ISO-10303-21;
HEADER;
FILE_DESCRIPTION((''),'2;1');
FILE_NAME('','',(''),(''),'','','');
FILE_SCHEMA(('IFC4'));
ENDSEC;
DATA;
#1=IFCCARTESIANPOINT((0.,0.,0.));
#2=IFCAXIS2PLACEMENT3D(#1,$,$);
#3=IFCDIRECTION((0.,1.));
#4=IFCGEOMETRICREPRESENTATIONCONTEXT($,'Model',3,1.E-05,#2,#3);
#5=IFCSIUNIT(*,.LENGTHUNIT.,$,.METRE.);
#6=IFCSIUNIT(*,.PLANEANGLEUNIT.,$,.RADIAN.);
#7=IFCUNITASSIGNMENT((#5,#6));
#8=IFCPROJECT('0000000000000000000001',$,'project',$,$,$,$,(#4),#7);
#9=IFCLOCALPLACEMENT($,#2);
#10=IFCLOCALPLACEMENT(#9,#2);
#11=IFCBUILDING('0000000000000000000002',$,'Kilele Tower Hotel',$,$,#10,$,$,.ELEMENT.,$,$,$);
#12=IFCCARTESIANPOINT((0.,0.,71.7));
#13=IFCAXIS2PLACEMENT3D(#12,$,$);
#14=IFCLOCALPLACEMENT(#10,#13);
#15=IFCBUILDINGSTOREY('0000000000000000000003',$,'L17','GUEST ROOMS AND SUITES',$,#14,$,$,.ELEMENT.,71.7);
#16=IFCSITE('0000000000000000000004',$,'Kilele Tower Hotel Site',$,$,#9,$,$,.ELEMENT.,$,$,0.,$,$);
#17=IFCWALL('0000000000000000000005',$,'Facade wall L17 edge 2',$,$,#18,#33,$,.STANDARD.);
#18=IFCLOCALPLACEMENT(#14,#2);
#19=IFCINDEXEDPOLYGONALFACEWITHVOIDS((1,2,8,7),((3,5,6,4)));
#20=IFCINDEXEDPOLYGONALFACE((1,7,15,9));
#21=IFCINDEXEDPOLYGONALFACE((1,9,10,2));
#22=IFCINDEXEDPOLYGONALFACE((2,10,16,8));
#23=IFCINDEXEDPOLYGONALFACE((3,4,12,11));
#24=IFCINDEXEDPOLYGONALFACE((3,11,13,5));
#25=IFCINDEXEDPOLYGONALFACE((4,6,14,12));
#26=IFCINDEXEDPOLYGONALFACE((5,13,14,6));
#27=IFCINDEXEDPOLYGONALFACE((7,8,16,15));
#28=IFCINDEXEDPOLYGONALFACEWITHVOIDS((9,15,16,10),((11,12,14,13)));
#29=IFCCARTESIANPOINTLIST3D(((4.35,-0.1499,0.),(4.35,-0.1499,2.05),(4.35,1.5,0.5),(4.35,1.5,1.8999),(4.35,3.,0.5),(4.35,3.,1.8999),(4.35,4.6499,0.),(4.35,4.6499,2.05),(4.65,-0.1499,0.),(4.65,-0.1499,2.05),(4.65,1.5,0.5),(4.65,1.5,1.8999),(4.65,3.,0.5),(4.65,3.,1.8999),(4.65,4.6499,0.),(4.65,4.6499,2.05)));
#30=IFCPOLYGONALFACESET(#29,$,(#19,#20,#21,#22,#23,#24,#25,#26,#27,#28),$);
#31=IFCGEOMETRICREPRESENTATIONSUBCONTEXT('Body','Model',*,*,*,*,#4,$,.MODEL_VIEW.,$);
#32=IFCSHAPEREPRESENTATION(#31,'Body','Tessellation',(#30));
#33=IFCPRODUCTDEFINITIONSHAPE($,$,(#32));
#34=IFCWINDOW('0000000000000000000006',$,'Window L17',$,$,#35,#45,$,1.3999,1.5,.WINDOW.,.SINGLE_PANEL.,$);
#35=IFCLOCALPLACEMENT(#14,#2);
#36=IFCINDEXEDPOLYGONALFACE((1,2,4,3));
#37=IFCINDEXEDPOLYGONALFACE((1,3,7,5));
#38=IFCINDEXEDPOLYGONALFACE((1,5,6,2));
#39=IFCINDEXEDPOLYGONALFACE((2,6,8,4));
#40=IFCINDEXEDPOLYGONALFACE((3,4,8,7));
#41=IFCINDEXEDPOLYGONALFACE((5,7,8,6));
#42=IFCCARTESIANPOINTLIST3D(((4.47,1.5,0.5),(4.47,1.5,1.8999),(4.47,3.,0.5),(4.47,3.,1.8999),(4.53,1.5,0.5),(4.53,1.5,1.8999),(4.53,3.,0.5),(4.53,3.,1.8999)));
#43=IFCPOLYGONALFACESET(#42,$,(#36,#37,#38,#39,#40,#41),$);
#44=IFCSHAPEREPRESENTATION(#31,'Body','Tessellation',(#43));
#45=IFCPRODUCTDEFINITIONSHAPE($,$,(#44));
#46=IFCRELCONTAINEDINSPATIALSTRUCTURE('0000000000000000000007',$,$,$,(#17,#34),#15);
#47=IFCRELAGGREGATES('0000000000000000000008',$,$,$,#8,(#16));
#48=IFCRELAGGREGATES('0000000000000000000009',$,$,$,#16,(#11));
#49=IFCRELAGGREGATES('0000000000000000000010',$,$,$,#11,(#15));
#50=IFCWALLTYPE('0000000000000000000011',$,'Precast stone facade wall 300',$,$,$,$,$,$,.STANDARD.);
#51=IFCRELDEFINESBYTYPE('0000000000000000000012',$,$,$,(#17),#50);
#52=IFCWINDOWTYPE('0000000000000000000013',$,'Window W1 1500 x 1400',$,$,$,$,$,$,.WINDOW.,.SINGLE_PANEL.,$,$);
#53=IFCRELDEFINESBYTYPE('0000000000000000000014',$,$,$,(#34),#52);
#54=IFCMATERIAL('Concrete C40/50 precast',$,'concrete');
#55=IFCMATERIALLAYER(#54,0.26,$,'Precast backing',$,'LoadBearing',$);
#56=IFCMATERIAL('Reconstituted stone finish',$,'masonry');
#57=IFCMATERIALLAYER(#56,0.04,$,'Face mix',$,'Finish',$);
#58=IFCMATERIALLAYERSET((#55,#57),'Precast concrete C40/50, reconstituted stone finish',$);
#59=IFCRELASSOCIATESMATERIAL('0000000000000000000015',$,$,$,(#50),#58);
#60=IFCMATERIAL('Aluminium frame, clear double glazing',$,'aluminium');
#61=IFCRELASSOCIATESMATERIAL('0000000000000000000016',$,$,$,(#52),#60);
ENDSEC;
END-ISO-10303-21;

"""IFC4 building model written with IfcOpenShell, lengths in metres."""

from ifc_helpers import new_model, si_unit, direction, frame, frame_2d, origin, place, context, subcontext, project, spatial, rectangle, extrude, material, layer, layer_set, type_object, element, fill, save


model = new_model("IFC4")

# Units and contexts
model_context = context("Model", 3, precision=1e-05, world=origin(), true_north=direction((0.0, 1.0)))
body_context = subcontext(model_context, "Body", "Model", "MODEL_VIEW")
ifc_project = project(units=[si_unit("LENGTHUNIT", "METRE"), si_unit("PLANEANGLEUNIT", "RADIAN")], contexts=[model_context])

# Site, building, storey
site_placement = place(None, origin())
site = spatial("IfcSite", under=ifc_project, at=site_placement, Name="Kilele Tower Hotel Site", CompositionType="ELEMENT", RefElevation=0.0)
building_placement = place(site_placement, origin())
building = spatial("IfcBuilding", under=site, at=building_placement, Name="Kilele Tower Hotel", CompositionType="ELEMENT")
storey_placement = place(building_placement, frame((0.0, 0.0, 71.7)))
storey = spatial("IfcBuildingStorey", under=building, at=storey_placement, Name="L17", Description="GUEST ROOMS AND SUITES", CompositionType="ELEMENT", Elevation=71.7)

# Wall, opening, window
ifc_material_1 = material(Name="Concrete C40/50 precast", Category="concrete")
ifc_layer_1 = layer(ifc_material_1, 0.26, Name="Precast backing", Category="LoadBearing")
ifc_material_2 = material(Name="Reconstituted stone finish", Category="masonry")
ifc_layer_2 = layer(ifc_material_2, 0.04, Name="Face mix", Category="Finish")
ifc_layer_set_1 = layer_set([ifc_layer_1, ifc_layer_2], Name="Precast concrete C40/50, reconstituted stone finish")
wall_type_1 = type_object("IfcWallType", Name="Precast stone facade wall 300", PredefinedType="STANDARD", material=ifc_layer_set_1)
wall_1_placement = place(storey_placement, frame((4.5, 4.6499, 0.0), z_axis=(0.0, 0.0, 1.0), x_axis=(0.0, -1.0, 0.0)))
wall_1 = element("IfcWall", 1, at=wall_1_placement, inside=storey, type_object=wall_type_1, Name="Facade wall L17 edge 2", PredefinedType="STANDARD", context=body_context, shape_type="SweptSolid", body=[
    extrude(rectangle(XDim=4.7998, YDim=0.3, at=frame_2d((2.3999, 0.0))), origin(), (0.0, 0.0, 1.0), 2.05),
])
opening_1_placement = place(wall_1_placement, frame((1.6499, 0.0, 0.5)))
opening_1 = element("IfcOpeningElement", 2, at=opening_1_placement, cuts=wall_1, PredefinedType="OPENING", context=body_context, shape_type="SweptSolid", body=[
    extrude(rectangle(XDim=1.5, YDim=1.3999, at=frame_2d((0.75, 0.7))), frame((0.0, 0.1599, 0.0), z_axis=(0.0, -1.0, 0.0), x_axis=(1.0, 0.0, 0.0)), (0.0, 0.0, 1.0), 0.3201),
])
ifc_material_3 = material(Name="Aluminium frame, clear double glazing", Category="aluminium")
window_type = type_object("IfcWindowType", Name="Window W1 1500 x 1400", PartitioningType="SINGLE_PANEL", PredefinedType="WINDOW", material=ifc_material_3)
window_placement = place(opening_1_placement, origin())
window = element("IfcWindow", 3, at=window_placement, inside=storey, type_object=window_type, Name="Window L17", OverallHeight=1.3999, OverallWidth=1.5, PartitioningType="SINGLE_PANEL", PredefinedType="WINDOW", context=body_context, shape_type="SweptSolid", body=[
    extrude(rectangle(XDim=1.5, YDim=1.3999, at=frame_2d((0.75, 0.7))), frame((0.0, 0.03, 0.0), z_axis=(0.0, -1.0, 0.0), x_axis=(1.0, 0.0, 0.0)), (0.0, 0.0, 1.0), 0.0601),
])
fill(opening_1, window)

save(model, "model.ifc")
